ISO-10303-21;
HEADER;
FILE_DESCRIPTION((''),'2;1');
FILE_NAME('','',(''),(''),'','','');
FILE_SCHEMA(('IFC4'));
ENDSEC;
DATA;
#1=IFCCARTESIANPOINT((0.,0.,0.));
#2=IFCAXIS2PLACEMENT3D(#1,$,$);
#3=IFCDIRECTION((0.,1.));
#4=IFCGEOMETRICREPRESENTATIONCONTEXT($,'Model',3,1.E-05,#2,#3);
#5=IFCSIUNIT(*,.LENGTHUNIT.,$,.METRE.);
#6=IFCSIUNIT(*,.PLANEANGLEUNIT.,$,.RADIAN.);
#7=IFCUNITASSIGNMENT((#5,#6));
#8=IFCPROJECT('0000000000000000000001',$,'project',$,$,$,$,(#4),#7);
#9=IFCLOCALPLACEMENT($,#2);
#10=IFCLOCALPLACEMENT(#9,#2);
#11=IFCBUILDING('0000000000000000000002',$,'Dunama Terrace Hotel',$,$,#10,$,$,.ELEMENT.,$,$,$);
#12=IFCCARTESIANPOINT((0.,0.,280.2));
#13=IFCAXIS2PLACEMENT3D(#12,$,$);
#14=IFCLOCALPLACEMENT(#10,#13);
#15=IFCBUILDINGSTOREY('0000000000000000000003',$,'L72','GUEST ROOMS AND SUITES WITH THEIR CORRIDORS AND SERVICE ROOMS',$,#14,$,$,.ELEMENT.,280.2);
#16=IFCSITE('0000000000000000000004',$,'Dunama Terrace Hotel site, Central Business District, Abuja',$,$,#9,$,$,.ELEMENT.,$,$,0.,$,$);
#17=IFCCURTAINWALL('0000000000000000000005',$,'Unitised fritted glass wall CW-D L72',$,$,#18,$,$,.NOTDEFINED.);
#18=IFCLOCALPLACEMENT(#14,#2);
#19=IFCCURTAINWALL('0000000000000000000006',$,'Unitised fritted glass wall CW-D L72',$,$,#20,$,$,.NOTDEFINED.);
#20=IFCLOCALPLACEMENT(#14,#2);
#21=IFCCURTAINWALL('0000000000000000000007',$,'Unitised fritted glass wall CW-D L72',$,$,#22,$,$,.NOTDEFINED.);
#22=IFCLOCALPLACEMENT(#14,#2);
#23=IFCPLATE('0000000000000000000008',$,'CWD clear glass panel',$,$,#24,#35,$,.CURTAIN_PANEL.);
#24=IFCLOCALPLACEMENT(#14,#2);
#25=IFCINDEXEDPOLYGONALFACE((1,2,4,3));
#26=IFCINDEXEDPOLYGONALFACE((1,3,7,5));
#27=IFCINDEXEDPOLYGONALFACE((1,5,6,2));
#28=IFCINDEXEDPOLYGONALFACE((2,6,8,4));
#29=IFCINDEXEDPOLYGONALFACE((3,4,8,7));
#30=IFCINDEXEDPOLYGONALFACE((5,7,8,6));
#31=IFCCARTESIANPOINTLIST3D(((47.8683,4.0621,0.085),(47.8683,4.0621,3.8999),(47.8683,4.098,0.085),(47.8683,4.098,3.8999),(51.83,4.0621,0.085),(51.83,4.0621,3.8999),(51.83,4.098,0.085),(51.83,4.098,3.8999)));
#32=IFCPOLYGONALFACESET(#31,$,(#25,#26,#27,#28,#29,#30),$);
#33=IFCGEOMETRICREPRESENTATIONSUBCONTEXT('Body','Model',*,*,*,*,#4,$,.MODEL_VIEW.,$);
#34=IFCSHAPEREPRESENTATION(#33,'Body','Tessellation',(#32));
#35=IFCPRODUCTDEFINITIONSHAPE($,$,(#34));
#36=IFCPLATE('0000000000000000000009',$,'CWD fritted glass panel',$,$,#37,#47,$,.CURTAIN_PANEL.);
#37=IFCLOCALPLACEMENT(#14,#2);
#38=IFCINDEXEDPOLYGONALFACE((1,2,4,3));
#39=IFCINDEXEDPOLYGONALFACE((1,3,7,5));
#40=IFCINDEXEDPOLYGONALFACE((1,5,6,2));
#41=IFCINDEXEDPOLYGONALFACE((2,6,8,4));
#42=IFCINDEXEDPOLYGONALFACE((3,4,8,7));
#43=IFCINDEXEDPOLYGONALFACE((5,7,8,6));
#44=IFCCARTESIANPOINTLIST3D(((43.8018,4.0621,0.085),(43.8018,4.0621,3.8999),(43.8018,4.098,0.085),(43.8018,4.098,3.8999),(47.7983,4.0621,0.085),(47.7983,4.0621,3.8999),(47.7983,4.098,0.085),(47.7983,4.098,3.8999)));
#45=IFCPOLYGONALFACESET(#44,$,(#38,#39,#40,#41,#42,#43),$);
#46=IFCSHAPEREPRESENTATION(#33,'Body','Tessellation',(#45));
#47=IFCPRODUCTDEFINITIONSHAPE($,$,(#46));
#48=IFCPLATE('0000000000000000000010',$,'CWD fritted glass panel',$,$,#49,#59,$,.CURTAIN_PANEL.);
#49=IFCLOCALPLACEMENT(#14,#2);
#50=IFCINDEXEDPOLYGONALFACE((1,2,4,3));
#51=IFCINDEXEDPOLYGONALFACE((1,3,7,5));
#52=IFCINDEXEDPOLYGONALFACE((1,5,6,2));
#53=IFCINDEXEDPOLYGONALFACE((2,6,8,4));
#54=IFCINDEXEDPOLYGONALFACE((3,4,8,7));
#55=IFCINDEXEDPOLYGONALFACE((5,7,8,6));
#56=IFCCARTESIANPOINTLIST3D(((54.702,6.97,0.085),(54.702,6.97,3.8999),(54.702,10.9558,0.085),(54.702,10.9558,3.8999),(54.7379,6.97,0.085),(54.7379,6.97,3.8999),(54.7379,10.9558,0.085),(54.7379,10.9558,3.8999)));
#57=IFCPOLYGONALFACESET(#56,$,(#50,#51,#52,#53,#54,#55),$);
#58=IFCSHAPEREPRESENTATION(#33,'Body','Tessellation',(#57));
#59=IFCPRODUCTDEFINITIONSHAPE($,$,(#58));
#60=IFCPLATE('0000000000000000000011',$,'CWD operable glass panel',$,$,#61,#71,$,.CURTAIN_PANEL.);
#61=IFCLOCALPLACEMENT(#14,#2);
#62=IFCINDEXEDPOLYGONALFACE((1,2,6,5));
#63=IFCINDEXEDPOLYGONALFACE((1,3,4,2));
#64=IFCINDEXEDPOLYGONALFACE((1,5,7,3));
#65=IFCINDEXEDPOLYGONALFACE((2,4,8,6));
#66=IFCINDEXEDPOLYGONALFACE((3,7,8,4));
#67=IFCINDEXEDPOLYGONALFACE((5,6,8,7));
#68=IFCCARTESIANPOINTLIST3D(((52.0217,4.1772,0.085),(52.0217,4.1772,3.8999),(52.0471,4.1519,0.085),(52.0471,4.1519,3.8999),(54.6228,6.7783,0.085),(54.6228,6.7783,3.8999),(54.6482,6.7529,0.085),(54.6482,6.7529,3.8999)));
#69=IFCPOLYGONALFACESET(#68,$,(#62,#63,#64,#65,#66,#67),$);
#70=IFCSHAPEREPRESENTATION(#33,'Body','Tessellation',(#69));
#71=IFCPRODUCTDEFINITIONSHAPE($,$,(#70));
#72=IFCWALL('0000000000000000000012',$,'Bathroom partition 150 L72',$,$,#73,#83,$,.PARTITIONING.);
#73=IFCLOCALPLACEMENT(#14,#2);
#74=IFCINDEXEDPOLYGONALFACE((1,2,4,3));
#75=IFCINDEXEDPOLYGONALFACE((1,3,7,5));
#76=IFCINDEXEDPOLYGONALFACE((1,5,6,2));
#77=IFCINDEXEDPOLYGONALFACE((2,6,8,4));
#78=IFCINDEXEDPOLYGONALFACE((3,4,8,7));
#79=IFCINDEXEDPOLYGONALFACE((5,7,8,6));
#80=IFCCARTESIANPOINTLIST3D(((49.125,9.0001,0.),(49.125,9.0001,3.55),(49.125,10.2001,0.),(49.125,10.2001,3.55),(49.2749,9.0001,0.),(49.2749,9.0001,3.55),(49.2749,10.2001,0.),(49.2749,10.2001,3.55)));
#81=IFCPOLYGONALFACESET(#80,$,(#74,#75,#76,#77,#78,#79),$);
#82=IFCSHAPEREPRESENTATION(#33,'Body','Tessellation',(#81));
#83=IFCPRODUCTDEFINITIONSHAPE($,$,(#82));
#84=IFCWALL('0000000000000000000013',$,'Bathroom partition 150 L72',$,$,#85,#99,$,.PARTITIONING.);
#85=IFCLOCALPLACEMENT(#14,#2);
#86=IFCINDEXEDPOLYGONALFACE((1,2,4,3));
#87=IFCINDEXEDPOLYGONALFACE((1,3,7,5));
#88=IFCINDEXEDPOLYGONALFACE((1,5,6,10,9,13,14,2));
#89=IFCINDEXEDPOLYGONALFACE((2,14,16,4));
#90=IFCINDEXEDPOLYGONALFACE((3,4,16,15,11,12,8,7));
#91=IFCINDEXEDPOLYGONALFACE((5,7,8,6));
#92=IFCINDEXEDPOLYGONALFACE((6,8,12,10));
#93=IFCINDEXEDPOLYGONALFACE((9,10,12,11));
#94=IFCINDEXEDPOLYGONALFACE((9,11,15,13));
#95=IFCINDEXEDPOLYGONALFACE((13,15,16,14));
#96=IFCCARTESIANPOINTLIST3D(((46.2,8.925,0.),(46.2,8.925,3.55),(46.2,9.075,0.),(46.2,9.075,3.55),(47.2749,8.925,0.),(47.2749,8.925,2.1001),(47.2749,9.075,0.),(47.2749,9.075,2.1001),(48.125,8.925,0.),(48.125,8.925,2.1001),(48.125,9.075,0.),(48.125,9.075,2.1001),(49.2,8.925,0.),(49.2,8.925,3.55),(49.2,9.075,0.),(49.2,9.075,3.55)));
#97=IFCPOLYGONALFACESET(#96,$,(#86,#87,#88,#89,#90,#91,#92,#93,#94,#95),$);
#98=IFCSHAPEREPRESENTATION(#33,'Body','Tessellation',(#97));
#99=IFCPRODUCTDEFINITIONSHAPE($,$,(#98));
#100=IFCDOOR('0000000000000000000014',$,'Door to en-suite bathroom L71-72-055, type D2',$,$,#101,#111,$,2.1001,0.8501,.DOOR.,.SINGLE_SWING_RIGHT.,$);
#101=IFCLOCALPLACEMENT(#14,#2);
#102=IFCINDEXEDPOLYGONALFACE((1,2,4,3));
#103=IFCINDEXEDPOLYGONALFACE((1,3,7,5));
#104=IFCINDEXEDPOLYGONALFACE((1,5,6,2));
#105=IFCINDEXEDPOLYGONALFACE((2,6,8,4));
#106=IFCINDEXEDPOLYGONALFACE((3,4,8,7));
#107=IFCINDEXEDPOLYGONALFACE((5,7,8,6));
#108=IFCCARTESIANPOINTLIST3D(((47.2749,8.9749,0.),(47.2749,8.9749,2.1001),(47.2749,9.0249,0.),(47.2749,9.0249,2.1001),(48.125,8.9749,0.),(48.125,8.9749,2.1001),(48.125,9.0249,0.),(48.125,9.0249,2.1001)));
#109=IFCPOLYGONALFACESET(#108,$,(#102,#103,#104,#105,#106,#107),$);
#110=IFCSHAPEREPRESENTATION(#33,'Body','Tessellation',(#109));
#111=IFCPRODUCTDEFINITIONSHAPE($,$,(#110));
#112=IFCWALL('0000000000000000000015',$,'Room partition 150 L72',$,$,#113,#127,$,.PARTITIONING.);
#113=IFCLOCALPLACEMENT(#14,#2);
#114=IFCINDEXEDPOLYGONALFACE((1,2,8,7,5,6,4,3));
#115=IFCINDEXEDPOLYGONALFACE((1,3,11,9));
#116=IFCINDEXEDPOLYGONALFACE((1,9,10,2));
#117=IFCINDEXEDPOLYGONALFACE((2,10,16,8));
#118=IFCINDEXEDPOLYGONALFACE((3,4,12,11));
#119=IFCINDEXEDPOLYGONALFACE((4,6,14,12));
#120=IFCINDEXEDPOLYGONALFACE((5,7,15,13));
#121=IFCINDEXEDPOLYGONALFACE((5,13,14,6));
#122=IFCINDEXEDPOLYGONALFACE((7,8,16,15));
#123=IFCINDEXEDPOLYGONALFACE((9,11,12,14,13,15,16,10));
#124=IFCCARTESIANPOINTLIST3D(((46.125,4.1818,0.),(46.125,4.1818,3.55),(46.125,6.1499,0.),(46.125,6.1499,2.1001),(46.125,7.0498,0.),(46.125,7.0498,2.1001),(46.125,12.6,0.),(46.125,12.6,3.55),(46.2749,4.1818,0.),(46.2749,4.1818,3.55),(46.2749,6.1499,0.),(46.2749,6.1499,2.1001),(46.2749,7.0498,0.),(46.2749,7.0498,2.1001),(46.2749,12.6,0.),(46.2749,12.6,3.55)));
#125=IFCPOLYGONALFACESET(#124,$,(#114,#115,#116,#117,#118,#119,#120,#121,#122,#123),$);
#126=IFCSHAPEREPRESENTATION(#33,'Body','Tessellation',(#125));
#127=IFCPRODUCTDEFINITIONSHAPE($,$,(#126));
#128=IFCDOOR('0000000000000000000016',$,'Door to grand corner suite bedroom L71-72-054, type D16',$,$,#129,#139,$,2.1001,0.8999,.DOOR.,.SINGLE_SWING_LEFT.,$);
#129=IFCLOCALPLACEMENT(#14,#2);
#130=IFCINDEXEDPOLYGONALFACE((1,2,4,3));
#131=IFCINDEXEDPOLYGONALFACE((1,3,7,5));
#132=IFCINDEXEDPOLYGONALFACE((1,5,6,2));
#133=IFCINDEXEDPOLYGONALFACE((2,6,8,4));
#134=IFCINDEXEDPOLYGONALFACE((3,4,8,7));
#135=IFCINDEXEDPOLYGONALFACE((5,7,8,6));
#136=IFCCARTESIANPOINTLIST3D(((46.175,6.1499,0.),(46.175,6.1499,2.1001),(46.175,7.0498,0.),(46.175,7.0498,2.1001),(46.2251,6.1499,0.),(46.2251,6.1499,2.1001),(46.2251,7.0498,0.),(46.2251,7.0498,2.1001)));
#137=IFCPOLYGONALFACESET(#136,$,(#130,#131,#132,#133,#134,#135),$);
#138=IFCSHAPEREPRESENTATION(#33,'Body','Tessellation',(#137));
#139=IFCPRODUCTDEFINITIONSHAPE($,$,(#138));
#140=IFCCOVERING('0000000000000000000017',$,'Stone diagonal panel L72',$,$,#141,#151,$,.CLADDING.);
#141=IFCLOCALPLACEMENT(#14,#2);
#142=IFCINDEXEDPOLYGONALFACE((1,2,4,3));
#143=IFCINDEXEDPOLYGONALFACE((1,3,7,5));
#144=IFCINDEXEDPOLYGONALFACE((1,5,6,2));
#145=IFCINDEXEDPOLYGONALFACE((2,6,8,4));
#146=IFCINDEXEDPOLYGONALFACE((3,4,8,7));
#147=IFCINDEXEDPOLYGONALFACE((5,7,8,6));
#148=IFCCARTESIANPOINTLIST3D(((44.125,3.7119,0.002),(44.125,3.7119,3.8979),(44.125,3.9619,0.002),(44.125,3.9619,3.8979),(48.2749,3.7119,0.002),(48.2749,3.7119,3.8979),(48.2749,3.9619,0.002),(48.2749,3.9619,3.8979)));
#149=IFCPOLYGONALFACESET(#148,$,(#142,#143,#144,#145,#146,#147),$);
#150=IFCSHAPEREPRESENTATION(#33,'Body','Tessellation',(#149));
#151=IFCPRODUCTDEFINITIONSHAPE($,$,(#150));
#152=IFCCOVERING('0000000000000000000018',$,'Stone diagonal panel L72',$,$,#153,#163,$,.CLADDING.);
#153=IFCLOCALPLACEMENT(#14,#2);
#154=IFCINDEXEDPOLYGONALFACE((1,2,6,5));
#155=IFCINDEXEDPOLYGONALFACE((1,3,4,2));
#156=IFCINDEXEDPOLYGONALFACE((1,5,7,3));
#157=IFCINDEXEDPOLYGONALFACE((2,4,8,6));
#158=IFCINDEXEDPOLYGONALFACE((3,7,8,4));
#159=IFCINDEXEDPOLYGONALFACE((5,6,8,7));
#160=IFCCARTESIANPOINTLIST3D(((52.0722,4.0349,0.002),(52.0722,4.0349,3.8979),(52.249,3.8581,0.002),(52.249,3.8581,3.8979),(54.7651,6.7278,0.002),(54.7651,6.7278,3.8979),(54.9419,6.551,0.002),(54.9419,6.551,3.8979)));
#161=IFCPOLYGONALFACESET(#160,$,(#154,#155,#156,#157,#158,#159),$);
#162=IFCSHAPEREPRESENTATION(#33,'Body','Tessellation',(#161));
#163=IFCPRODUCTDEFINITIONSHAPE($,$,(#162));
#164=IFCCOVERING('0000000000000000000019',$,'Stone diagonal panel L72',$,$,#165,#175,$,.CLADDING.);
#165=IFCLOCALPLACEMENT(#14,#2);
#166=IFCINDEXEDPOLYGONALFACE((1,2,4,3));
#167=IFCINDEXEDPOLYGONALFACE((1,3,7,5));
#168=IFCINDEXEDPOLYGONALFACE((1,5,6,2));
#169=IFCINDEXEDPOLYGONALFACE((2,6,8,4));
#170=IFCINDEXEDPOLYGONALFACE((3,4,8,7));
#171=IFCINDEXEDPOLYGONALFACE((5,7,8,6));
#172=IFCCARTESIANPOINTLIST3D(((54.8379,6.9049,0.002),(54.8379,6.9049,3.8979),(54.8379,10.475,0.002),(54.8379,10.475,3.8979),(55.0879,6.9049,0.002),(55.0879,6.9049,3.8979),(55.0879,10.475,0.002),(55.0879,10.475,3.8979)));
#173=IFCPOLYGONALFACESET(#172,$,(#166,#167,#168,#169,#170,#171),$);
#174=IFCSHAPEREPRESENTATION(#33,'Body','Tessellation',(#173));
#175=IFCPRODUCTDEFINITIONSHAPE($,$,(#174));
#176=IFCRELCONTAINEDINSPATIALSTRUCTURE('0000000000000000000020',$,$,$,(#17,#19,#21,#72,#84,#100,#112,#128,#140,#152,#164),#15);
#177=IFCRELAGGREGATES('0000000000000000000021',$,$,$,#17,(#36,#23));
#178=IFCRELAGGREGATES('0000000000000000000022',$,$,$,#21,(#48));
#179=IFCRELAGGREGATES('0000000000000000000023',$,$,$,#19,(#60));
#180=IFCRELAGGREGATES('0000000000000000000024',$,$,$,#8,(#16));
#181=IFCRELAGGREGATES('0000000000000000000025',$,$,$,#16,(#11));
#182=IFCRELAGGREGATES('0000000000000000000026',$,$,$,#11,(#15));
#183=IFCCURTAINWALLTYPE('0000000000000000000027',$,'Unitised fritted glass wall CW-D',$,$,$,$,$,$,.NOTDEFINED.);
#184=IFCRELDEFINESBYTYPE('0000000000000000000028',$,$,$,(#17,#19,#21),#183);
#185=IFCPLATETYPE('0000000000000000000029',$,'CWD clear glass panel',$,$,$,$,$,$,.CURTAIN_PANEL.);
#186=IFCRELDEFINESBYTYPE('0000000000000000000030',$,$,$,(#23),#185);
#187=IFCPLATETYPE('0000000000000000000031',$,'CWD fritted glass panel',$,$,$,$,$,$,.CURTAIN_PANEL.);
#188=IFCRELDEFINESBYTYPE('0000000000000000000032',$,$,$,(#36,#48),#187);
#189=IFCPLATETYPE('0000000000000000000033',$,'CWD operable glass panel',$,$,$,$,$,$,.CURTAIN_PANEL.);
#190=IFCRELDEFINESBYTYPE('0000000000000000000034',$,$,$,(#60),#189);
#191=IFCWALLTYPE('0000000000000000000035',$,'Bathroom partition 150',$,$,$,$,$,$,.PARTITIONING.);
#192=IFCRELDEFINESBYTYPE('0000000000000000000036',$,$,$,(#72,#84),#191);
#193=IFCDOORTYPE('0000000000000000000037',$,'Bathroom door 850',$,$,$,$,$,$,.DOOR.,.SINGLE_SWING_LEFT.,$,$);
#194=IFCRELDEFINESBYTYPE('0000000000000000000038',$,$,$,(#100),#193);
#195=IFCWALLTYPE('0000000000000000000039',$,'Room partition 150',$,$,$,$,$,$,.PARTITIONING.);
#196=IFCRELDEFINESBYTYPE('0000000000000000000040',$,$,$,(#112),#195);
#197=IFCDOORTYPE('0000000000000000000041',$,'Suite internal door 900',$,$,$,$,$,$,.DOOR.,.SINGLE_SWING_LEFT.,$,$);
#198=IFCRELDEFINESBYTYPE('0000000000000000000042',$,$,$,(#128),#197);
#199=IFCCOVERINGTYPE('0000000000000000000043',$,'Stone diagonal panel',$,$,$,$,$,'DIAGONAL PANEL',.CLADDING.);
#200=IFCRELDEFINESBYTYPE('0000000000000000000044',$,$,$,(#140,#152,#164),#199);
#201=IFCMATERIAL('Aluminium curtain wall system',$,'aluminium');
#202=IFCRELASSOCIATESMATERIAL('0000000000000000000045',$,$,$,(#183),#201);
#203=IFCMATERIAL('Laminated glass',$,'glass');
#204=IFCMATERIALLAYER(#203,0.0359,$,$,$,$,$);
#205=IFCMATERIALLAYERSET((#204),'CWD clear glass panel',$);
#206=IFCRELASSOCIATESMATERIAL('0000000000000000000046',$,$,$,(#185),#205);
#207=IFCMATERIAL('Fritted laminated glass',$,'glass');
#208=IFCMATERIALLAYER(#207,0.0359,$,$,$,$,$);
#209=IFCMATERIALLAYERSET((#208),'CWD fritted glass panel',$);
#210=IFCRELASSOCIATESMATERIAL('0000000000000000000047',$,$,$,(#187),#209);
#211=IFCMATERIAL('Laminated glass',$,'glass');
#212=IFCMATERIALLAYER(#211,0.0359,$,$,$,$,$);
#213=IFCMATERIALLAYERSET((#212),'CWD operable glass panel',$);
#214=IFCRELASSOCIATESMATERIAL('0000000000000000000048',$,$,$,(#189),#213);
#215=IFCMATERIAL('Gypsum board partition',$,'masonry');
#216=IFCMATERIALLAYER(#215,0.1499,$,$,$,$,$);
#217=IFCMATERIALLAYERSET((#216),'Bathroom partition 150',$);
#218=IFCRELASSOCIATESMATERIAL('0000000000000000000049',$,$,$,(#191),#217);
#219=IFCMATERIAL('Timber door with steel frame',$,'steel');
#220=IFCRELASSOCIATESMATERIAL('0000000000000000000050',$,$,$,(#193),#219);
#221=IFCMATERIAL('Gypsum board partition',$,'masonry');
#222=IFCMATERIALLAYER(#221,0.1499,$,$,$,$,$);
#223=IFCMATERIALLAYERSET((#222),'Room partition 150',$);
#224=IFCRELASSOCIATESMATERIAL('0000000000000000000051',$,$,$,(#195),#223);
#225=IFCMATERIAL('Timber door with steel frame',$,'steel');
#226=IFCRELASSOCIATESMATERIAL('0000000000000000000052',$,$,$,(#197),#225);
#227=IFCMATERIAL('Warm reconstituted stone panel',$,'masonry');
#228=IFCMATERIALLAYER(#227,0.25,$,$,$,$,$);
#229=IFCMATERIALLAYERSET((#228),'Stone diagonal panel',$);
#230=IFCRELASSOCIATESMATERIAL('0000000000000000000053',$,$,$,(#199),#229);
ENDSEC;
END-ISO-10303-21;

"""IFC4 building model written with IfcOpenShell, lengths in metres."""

from ifc_helpers import new_model, si_unit, direction, frame, frame_2d, origin, origin_2d, place, context, subcontext, project, spatial, rectangle, extrude, material, layer, layer_set, type_object, element, fill, aggregate, save


model = new_model("IFC4")

# Units and contexts
model_context = context("Model", 3, precision=1e-05, world=origin(), true_north=direction((0.0, 1.0)))
body_context = subcontext(model_context, "Body", "Model", "MODEL_VIEW")
ifc_project = project(units=[si_unit("LENGTHUNIT", "METRE"), si_unit("PLANEANGLEUNIT", "RADIAN")], contexts=[model_context])

# Site, building, storey
site_placement = place(None, origin())
site = spatial("IfcSite", under=ifc_project, at=site_placement, Name="Dunama Terrace Hotel site, Central Business District, Abuja", CompositionType="ELEMENT", RefElevation=0.0)
building_placement = place(site_placement, origin())
building = spatial("IfcBuilding", under=site, at=building_placement, Name="Dunama Terrace Hotel", CompositionType="ELEMENT")
storey_placement = place(building_placement, frame((0.0, 0.0, 280.2)))
storey = spatial("IfcBuildingStorey", under=building, at=storey_placement, Name="L72", Description="GUEST ROOMS AND SUITES WITH THEIR CORRIDORS AND SERVICE ROOMS", CompositionType="ELEMENT", Elevation=280.2)

# Curtain walls
ifc_material_1 = material(Name="Aluminium curtain wall system", Category="aluminium")
curtain_wall_type = type_object("IfcCurtainWallType", Name="Unitised fritted glass wall CW-D", PredefinedType="NOTDEFINED", material=ifc_material_1)
curtain_wall_1_placement = place(storey_placement, origin())
curtain_wall_1 = element("IfcCurtainWall", 1, at=curtain_wall_1_placement, inside=storey, type_object=curtain_wall_type, Name="Unitised fritted glass wall CW-D L72", PredefinedType="NOTDEFINED")
curtain_wall_2_placement = place(storey_placement, origin())
curtain_wall_2 = element("IfcCurtainWall", 2, at=curtain_wall_2_placement, inside=storey, type_object=curtain_wall_type, Name="Unitised fritted glass wall CW-D L72", PredefinedType="NOTDEFINED")

# Curtain wall
curtain_wall_3_placement = place(storey_placement, origin())
curtain_wall_3 = element("IfcCurtainWall", 3, at=curtain_wall_3_placement, inside=storey, type_object=curtain_wall_type, Name="Unitised fritted glass wall CW-D L72", PredefinedType="NOTDEFINED")

# Plates
ifc_material_2 = material(Name="Laminated glass", Category="glass")
ifc_layer_1 = layer(ifc_material_2, 0.0359)
ifc_layer_set_1 = layer_set([ifc_layer_1], Name="CWD clear glass panel")
plate_type_1 = type_object("IfcPlateType", Name="CWD clear glass panel", PredefinedType="CURTAIN_PANEL", material=ifc_layer_set_1)
plate_1_placement = place(storey_placement, frame((49.8491, 4.0801, 0.085), z_axis=(0.0, 0.0, 1.0), x_axis=(1.0, 0.0, 0.0)))
plate_1 = element("IfcPlate", 4, at=plate_1_placement, type_object=plate_type_1, Name="CWD clear glass panel", PredefinedType="CURTAIN_PANEL", context=body_context, shape_type="SweptSolid", body=[
    extrude(rectangle(XDim=3.9617, YDim=0.0359, at=origin_2d()), origin(), (0.0, 0.0, 1.0), 3.8149),
])
ifc_material_3 = material(Name="Fritted laminated glass", Category="glass")
ifc_layer_2 = layer(ifc_material_3, 0.0359)
ifc_layer_set_2 = layer_set([ifc_layer_2], Name="CWD fritted glass panel")
plate_type_2 = type_object("IfcPlateType", Name="CWD fritted glass panel", PredefinedType="CURTAIN_PANEL", material=ifc_layer_set_2)
plate_2_placement = place(storey_placement, frame((45.8, 4.0801, 0.085), z_axis=(0.0, 0.0, 1.0), x_axis=(1.0, 0.0, 0.0)))
plate_2 = element("IfcPlate", 5, at=plate_2_placement, type_object=plate_type_2, Name="CWD fritted glass panel", PredefinedType="CURTAIN_PANEL", context=body_context, shape_type="SweptSolid", body=[
    extrude(rectangle(XDim=3.9966, YDim=0.0359, at=origin_2d()), origin(), (0.0, 0.0, 1.0), 3.8149),
])
aggregate(curtain_wall_1, [plate_2, plate_1])
plate_3_placement = place(storey_placement, frame((54.72, 8.9629, 0.085), z_axis=(0.0, 0.0, 1.0), x_axis=(0.0, 1.0, 0.0)))
plate_3 = element("IfcPlate", 6, at=plate_3_placement, type_object=plate_type_2, Name="CWD fritted glass panel", PredefinedType="CURTAIN_PANEL", context=body_context, shape_type="SweptSolid", body=[
    extrude(rectangle(XDim=3.9858, YDim=0.0359, at=origin_2d()), origin(), (0.0, 0.0, 1.0), 3.8149),
])
aggregate(curtain_wall_3, [plate_3])
ifc_material_4 = material(Name="Laminated glass", Category="glass")
ifc_layer_3 = layer(ifc_material_4, 0.0359)
ifc_layer_set_3 = layer_set([ifc_layer_3], Name="CWD operable glass panel")
plate_type_3 = type_object("IfcPlateType", Name="CWD operable glass panel", PredefinedType="CURTAIN_PANEL", material=ifc_layer_set_3)
plate_4_placement = place(storey_placement, frame((53.335, 5.4651, 0.085), z_axis=(0.0, 0.0, 1.0), x_axis=(0.707107, 0.707107, 0.0)))
plate_4 = element("IfcPlate", 7, at=plate_4_placement, type_object=plate_type_3, Name="CWD operable glass panel", PredefinedType="CURTAIN_PANEL", context=body_context, shape_type="SweptSolid", body=[
    extrude(rectangle(XDim=3.6785, YDim=0.0359, at=origin_2d()), origin(), (0.0, 0.0, 1.0), 3.8149),
])
aggregate(curtain_wall_2, [plate_4])

# Wall
ifc_material_5 = material(Name="Gypsum board partition", Category="masonry")
ifc_layer_4 = layer(ifc_material_5, 0.1499)
ifc_layer_set_4 = layer_set([ifc_layer_4], Name="Bathroom partition 150")
wall_type_1 = type_object("IfcWallType", Name="Bathroom partition 150", PredefinedType="PARTITIONING", material=ifc_layer_set_4)
wall_1_placement = place(storey_placement, frame((49.2, 9.0, 0.0), z_axis=(0.0, 0.0, 1.0), x_axis=(0.0, 1.0, 0.0)))
element("IfcWall", 8, at=wall_1_placement, inside=storey, type_object=wall_type_1, Name="Bathroom partition 150 L72", PredefinedType="PARTITIONING", context=body_context, shape_type="SweptSolid", body=[
    extrude(rectangle(XDim=1.2, YDim=0.1499, at=frame_2d((0.6001, 0.0))), origin(), (0.0, 0.0, 1.0), 3.55),
])

# Walls, openings, doors
wall_2_placement = place(storey_placement, frame((46.2, 9.0, 0.0), z_axis=(0.0, 0.0, 1.0), x_axis=(1.0, 0.0, 0.0)))
wall_2 = element("IfcWall", 9, at=wall_2_placement, inside=storey, type_object=wall_type_1, Name="Bathroom partition 150 L72", PredefinedType="PARTITIONING", context=body_context, shape_type="SweptSolid", body=[
    extrude(rectangle(XDim=3.0, YDim=0.1499, at=frame_2d((1.5, 0.0))), origin(), (0.0, 0.0, 1.0), 3.55),
])
opening_1_placement = place(wall_2_placement, frame((1.075, 0.0, 0.0)))
opening_1 = element("IfcOpeningElement", 10, at=opening_1_placement, cuts=wall_2, PredefinedType="OPENING", context=body_context, shape_type="SweptSolid", body=[
    extrude(rectangle(XDim=0.8501, YDim=2.1001, at=frame_2d((0.425, 1.05))), frame((0.0, 0.085, 0.0), z_axis=(0.0, -1.0, 0.0), x_axis=(1.0, 0.0, 0.0)), (0.0, 0.0, 1.0), 0.1699),
])
ifc_material_6 = material(Name="Timber door with steel frame", Category="steel")
door_type_1 = type_object("IfcDoorType", Name="Bathroom door 850", OperationType="SINGLE_SWING_LEFT", PredefinedType="DOOR", material=ifc_material_6)
door_1_placement = place(opening_1_placement, origin())
door_1 = element("IfcDoor", 11, at=door_1_placement, inside=storey, type_object=door_type_1, Name="Door to en-suite bathroom L71-72-055, type D2", OperationType="SINGLE_SWING_RIGHT", OverallHeight=2.1001, OverallWidth=0.8501, PredefinedType="DOOR", context=body_context, shape_type="SweptSolid", body=[
    extrude(rectangle(XDim=0.8501, YDim=2.1001, at=frame_2d((0.425, 1.05))), frame((0.0, 0.0249, 0.0), z_axis=(0.0, -1.0, 0.0), x_axis=(1.0, 0.0, 0.0)), (0.0, 0.0, 1.0), 0.05),
])
fill(opening_1, door_1)
ifc_material_7 = material(Name="Gypsum board partition", Category="masonry")
ifc_layer_5 = layer(ifc_material_7, 0.1499)
ifc_layer_set_5 = layer_set([ifc_layer_5], Name="Room partition 150")
wall_type_2 = type_object("IfcWallType", Name="Room partition 150", PredefinedType="PARTITIONING", material=ifc_layer_set_5)
wall_3_placement = place(storey_placement, frame((46.2, 4.1819, 0.0), z_axis=(0.0, 0.0, 1.0), x_axis=(0.0, 1.0, 0.0)))
wall_3 = element("IfcWall", 12, at=wall_3_placement, inside=storey, type_object=wall_type_2, Name="Room partition 150 L72", PredefinedType="PARTITIONING", context=body_context, shape_type="SweptSolid", body=[
    extrude(rectangle(XDim=8.4182, YDim=0.1499, at=frame_2d((4.209, 0.0))), origin(), (0.0, 0.0, 1.0), 3.55),
])
opening_2_placement = place(wall_3_placement, frame((1.968, 0.0, 0.0)))
opening_2 = element("IfcOpeningElement", 13, at=opening_2_placement, cuts=wall_3, PredefinedType="OPENING", context=body_context, shape_type="SweptSolid", body=[
    extrude(rectangle(XDim=0.8999, YDim=2.1001, at=frame_2d((0.45, 1.05))), frame((0.0, 0.085, 0.0), z_axis=(0.0, -1.0, 0.0), x_axis=(1.0, 0.0, 0.0)), (0.0, 0.0, 1.0), 0.1699),
])
ifc_material_8 = material(Name="Timber door with steel frame", Category="steel")
door_type_2 = type_object("IfcDoorType", Name="Suite internal door 900", OperationType="SINGLE_SWING_LEFT", PredefinedType="DOOR", material=ifc_material_8)
door_2_placement = place(opening_2_placement, frame((0.8999, 0.0, 0.0), z_axis=(0.0, 0.0, 1.0), x_axis=(-1.0, 0.0, 0.0)))
door_2 = element("IfcDoor", 14, at=door_2_placement, inside=storey, type_object=door_type_2, Name="Door to grand corner suite bedroom L71-72-054, type D16", OperationType="SINGLE_SWING_LEFT", OverallHeight=2.1001, OverallWidth=0.8999, PredefinedType="DOOR", context=body_context, shape_type="SweptSolid", body=[
    extrude(rectangle(XDim=0.8999, YDim=2.1001, at=frame_2d((0.45, 1.05))), frame((0.0, 0.0251, 0.0), z_axis=(0.0, -1.0, 0.0), x_axis=(1.0, 0.0, 0.0)), (0.0, 0.0, 1.0), 0.05),
])
fill(opening_2, door_2)

# Coverings
ifc_material_9 = material(Name="Warm reconstituted stone panel", Category="masonry")
ifc_layer_6 = layer(ifc_material_9, 0.25)
ifc_layer_set_6 = layer_set([ifc_layer_6], Name="Stone diagonal panel")
covering_type = type_object("IfcCoveringType", Name="Stone diagonal panel", ElementType="DIAGONAL PANEL", PredefinedType="CLADDING", material=ifc_layer_set_6)
covering_1_placement = place(storey_placement, frame((46.2, 3.8369, 0.002), z_axis=(0.0, 0.0, 1.0), x_axis=(1.0, 0.0, 0.0)))
element("IfcCovering", 15, at=covering_1_placement, inside=storey, type_object=covering_type, Name="Stone diagonal panel L72", PredefinedType="CLADDING", context=body_context, shape_type="SweptSolid", body=[
    extrude(rectangle(XDim=4.1499, YDim=0.25, at=origin_2d()), origin(), (0.0, 0.0, 1.0), 3.896),
])
covering_2_placement = place(storey_placement, frame((53.5071, 5.293, 0.002), z_axis=(0.0, 0.0, 1.0), x_axis=(0.707107, 0.707107, 0.0)))
element("IfcCovering", 16, at=covering_2_placement, inside=storey, type_object=covering_type, Name="Stone diagonal panel L72", PredefinedType="CLADDING", context=body_context, shape_type="SweptSolid", body=[
    extrude(rectangle(XDim=3.8083, YDim=0.25, at=origin_2d()), origin(), (0.0, 0.0, 1.0), 3.896),
])
covering_3_placement = place(storey_placement, frame((54.9629, 8.6899, 0.002), z_axis=(0.0, 0.0, 1.0), x_axis=(0.0, 1.0, 0.0)))
element("IfcCovering", 17, at=covering_3_placement, inside=storey, type_object=covering_type, Name="Stone diagonal panel L72", PredefinedType="CLADDING", context=body_context, shape_type="SweptSolid", body=[
    extrude(rectangle(XDim=3.5701, YDim=0.25, at=origin_2d()), origin(), (0.0, 0.0, 1.0), 3.896),
])

save(model, "model.ifc")
